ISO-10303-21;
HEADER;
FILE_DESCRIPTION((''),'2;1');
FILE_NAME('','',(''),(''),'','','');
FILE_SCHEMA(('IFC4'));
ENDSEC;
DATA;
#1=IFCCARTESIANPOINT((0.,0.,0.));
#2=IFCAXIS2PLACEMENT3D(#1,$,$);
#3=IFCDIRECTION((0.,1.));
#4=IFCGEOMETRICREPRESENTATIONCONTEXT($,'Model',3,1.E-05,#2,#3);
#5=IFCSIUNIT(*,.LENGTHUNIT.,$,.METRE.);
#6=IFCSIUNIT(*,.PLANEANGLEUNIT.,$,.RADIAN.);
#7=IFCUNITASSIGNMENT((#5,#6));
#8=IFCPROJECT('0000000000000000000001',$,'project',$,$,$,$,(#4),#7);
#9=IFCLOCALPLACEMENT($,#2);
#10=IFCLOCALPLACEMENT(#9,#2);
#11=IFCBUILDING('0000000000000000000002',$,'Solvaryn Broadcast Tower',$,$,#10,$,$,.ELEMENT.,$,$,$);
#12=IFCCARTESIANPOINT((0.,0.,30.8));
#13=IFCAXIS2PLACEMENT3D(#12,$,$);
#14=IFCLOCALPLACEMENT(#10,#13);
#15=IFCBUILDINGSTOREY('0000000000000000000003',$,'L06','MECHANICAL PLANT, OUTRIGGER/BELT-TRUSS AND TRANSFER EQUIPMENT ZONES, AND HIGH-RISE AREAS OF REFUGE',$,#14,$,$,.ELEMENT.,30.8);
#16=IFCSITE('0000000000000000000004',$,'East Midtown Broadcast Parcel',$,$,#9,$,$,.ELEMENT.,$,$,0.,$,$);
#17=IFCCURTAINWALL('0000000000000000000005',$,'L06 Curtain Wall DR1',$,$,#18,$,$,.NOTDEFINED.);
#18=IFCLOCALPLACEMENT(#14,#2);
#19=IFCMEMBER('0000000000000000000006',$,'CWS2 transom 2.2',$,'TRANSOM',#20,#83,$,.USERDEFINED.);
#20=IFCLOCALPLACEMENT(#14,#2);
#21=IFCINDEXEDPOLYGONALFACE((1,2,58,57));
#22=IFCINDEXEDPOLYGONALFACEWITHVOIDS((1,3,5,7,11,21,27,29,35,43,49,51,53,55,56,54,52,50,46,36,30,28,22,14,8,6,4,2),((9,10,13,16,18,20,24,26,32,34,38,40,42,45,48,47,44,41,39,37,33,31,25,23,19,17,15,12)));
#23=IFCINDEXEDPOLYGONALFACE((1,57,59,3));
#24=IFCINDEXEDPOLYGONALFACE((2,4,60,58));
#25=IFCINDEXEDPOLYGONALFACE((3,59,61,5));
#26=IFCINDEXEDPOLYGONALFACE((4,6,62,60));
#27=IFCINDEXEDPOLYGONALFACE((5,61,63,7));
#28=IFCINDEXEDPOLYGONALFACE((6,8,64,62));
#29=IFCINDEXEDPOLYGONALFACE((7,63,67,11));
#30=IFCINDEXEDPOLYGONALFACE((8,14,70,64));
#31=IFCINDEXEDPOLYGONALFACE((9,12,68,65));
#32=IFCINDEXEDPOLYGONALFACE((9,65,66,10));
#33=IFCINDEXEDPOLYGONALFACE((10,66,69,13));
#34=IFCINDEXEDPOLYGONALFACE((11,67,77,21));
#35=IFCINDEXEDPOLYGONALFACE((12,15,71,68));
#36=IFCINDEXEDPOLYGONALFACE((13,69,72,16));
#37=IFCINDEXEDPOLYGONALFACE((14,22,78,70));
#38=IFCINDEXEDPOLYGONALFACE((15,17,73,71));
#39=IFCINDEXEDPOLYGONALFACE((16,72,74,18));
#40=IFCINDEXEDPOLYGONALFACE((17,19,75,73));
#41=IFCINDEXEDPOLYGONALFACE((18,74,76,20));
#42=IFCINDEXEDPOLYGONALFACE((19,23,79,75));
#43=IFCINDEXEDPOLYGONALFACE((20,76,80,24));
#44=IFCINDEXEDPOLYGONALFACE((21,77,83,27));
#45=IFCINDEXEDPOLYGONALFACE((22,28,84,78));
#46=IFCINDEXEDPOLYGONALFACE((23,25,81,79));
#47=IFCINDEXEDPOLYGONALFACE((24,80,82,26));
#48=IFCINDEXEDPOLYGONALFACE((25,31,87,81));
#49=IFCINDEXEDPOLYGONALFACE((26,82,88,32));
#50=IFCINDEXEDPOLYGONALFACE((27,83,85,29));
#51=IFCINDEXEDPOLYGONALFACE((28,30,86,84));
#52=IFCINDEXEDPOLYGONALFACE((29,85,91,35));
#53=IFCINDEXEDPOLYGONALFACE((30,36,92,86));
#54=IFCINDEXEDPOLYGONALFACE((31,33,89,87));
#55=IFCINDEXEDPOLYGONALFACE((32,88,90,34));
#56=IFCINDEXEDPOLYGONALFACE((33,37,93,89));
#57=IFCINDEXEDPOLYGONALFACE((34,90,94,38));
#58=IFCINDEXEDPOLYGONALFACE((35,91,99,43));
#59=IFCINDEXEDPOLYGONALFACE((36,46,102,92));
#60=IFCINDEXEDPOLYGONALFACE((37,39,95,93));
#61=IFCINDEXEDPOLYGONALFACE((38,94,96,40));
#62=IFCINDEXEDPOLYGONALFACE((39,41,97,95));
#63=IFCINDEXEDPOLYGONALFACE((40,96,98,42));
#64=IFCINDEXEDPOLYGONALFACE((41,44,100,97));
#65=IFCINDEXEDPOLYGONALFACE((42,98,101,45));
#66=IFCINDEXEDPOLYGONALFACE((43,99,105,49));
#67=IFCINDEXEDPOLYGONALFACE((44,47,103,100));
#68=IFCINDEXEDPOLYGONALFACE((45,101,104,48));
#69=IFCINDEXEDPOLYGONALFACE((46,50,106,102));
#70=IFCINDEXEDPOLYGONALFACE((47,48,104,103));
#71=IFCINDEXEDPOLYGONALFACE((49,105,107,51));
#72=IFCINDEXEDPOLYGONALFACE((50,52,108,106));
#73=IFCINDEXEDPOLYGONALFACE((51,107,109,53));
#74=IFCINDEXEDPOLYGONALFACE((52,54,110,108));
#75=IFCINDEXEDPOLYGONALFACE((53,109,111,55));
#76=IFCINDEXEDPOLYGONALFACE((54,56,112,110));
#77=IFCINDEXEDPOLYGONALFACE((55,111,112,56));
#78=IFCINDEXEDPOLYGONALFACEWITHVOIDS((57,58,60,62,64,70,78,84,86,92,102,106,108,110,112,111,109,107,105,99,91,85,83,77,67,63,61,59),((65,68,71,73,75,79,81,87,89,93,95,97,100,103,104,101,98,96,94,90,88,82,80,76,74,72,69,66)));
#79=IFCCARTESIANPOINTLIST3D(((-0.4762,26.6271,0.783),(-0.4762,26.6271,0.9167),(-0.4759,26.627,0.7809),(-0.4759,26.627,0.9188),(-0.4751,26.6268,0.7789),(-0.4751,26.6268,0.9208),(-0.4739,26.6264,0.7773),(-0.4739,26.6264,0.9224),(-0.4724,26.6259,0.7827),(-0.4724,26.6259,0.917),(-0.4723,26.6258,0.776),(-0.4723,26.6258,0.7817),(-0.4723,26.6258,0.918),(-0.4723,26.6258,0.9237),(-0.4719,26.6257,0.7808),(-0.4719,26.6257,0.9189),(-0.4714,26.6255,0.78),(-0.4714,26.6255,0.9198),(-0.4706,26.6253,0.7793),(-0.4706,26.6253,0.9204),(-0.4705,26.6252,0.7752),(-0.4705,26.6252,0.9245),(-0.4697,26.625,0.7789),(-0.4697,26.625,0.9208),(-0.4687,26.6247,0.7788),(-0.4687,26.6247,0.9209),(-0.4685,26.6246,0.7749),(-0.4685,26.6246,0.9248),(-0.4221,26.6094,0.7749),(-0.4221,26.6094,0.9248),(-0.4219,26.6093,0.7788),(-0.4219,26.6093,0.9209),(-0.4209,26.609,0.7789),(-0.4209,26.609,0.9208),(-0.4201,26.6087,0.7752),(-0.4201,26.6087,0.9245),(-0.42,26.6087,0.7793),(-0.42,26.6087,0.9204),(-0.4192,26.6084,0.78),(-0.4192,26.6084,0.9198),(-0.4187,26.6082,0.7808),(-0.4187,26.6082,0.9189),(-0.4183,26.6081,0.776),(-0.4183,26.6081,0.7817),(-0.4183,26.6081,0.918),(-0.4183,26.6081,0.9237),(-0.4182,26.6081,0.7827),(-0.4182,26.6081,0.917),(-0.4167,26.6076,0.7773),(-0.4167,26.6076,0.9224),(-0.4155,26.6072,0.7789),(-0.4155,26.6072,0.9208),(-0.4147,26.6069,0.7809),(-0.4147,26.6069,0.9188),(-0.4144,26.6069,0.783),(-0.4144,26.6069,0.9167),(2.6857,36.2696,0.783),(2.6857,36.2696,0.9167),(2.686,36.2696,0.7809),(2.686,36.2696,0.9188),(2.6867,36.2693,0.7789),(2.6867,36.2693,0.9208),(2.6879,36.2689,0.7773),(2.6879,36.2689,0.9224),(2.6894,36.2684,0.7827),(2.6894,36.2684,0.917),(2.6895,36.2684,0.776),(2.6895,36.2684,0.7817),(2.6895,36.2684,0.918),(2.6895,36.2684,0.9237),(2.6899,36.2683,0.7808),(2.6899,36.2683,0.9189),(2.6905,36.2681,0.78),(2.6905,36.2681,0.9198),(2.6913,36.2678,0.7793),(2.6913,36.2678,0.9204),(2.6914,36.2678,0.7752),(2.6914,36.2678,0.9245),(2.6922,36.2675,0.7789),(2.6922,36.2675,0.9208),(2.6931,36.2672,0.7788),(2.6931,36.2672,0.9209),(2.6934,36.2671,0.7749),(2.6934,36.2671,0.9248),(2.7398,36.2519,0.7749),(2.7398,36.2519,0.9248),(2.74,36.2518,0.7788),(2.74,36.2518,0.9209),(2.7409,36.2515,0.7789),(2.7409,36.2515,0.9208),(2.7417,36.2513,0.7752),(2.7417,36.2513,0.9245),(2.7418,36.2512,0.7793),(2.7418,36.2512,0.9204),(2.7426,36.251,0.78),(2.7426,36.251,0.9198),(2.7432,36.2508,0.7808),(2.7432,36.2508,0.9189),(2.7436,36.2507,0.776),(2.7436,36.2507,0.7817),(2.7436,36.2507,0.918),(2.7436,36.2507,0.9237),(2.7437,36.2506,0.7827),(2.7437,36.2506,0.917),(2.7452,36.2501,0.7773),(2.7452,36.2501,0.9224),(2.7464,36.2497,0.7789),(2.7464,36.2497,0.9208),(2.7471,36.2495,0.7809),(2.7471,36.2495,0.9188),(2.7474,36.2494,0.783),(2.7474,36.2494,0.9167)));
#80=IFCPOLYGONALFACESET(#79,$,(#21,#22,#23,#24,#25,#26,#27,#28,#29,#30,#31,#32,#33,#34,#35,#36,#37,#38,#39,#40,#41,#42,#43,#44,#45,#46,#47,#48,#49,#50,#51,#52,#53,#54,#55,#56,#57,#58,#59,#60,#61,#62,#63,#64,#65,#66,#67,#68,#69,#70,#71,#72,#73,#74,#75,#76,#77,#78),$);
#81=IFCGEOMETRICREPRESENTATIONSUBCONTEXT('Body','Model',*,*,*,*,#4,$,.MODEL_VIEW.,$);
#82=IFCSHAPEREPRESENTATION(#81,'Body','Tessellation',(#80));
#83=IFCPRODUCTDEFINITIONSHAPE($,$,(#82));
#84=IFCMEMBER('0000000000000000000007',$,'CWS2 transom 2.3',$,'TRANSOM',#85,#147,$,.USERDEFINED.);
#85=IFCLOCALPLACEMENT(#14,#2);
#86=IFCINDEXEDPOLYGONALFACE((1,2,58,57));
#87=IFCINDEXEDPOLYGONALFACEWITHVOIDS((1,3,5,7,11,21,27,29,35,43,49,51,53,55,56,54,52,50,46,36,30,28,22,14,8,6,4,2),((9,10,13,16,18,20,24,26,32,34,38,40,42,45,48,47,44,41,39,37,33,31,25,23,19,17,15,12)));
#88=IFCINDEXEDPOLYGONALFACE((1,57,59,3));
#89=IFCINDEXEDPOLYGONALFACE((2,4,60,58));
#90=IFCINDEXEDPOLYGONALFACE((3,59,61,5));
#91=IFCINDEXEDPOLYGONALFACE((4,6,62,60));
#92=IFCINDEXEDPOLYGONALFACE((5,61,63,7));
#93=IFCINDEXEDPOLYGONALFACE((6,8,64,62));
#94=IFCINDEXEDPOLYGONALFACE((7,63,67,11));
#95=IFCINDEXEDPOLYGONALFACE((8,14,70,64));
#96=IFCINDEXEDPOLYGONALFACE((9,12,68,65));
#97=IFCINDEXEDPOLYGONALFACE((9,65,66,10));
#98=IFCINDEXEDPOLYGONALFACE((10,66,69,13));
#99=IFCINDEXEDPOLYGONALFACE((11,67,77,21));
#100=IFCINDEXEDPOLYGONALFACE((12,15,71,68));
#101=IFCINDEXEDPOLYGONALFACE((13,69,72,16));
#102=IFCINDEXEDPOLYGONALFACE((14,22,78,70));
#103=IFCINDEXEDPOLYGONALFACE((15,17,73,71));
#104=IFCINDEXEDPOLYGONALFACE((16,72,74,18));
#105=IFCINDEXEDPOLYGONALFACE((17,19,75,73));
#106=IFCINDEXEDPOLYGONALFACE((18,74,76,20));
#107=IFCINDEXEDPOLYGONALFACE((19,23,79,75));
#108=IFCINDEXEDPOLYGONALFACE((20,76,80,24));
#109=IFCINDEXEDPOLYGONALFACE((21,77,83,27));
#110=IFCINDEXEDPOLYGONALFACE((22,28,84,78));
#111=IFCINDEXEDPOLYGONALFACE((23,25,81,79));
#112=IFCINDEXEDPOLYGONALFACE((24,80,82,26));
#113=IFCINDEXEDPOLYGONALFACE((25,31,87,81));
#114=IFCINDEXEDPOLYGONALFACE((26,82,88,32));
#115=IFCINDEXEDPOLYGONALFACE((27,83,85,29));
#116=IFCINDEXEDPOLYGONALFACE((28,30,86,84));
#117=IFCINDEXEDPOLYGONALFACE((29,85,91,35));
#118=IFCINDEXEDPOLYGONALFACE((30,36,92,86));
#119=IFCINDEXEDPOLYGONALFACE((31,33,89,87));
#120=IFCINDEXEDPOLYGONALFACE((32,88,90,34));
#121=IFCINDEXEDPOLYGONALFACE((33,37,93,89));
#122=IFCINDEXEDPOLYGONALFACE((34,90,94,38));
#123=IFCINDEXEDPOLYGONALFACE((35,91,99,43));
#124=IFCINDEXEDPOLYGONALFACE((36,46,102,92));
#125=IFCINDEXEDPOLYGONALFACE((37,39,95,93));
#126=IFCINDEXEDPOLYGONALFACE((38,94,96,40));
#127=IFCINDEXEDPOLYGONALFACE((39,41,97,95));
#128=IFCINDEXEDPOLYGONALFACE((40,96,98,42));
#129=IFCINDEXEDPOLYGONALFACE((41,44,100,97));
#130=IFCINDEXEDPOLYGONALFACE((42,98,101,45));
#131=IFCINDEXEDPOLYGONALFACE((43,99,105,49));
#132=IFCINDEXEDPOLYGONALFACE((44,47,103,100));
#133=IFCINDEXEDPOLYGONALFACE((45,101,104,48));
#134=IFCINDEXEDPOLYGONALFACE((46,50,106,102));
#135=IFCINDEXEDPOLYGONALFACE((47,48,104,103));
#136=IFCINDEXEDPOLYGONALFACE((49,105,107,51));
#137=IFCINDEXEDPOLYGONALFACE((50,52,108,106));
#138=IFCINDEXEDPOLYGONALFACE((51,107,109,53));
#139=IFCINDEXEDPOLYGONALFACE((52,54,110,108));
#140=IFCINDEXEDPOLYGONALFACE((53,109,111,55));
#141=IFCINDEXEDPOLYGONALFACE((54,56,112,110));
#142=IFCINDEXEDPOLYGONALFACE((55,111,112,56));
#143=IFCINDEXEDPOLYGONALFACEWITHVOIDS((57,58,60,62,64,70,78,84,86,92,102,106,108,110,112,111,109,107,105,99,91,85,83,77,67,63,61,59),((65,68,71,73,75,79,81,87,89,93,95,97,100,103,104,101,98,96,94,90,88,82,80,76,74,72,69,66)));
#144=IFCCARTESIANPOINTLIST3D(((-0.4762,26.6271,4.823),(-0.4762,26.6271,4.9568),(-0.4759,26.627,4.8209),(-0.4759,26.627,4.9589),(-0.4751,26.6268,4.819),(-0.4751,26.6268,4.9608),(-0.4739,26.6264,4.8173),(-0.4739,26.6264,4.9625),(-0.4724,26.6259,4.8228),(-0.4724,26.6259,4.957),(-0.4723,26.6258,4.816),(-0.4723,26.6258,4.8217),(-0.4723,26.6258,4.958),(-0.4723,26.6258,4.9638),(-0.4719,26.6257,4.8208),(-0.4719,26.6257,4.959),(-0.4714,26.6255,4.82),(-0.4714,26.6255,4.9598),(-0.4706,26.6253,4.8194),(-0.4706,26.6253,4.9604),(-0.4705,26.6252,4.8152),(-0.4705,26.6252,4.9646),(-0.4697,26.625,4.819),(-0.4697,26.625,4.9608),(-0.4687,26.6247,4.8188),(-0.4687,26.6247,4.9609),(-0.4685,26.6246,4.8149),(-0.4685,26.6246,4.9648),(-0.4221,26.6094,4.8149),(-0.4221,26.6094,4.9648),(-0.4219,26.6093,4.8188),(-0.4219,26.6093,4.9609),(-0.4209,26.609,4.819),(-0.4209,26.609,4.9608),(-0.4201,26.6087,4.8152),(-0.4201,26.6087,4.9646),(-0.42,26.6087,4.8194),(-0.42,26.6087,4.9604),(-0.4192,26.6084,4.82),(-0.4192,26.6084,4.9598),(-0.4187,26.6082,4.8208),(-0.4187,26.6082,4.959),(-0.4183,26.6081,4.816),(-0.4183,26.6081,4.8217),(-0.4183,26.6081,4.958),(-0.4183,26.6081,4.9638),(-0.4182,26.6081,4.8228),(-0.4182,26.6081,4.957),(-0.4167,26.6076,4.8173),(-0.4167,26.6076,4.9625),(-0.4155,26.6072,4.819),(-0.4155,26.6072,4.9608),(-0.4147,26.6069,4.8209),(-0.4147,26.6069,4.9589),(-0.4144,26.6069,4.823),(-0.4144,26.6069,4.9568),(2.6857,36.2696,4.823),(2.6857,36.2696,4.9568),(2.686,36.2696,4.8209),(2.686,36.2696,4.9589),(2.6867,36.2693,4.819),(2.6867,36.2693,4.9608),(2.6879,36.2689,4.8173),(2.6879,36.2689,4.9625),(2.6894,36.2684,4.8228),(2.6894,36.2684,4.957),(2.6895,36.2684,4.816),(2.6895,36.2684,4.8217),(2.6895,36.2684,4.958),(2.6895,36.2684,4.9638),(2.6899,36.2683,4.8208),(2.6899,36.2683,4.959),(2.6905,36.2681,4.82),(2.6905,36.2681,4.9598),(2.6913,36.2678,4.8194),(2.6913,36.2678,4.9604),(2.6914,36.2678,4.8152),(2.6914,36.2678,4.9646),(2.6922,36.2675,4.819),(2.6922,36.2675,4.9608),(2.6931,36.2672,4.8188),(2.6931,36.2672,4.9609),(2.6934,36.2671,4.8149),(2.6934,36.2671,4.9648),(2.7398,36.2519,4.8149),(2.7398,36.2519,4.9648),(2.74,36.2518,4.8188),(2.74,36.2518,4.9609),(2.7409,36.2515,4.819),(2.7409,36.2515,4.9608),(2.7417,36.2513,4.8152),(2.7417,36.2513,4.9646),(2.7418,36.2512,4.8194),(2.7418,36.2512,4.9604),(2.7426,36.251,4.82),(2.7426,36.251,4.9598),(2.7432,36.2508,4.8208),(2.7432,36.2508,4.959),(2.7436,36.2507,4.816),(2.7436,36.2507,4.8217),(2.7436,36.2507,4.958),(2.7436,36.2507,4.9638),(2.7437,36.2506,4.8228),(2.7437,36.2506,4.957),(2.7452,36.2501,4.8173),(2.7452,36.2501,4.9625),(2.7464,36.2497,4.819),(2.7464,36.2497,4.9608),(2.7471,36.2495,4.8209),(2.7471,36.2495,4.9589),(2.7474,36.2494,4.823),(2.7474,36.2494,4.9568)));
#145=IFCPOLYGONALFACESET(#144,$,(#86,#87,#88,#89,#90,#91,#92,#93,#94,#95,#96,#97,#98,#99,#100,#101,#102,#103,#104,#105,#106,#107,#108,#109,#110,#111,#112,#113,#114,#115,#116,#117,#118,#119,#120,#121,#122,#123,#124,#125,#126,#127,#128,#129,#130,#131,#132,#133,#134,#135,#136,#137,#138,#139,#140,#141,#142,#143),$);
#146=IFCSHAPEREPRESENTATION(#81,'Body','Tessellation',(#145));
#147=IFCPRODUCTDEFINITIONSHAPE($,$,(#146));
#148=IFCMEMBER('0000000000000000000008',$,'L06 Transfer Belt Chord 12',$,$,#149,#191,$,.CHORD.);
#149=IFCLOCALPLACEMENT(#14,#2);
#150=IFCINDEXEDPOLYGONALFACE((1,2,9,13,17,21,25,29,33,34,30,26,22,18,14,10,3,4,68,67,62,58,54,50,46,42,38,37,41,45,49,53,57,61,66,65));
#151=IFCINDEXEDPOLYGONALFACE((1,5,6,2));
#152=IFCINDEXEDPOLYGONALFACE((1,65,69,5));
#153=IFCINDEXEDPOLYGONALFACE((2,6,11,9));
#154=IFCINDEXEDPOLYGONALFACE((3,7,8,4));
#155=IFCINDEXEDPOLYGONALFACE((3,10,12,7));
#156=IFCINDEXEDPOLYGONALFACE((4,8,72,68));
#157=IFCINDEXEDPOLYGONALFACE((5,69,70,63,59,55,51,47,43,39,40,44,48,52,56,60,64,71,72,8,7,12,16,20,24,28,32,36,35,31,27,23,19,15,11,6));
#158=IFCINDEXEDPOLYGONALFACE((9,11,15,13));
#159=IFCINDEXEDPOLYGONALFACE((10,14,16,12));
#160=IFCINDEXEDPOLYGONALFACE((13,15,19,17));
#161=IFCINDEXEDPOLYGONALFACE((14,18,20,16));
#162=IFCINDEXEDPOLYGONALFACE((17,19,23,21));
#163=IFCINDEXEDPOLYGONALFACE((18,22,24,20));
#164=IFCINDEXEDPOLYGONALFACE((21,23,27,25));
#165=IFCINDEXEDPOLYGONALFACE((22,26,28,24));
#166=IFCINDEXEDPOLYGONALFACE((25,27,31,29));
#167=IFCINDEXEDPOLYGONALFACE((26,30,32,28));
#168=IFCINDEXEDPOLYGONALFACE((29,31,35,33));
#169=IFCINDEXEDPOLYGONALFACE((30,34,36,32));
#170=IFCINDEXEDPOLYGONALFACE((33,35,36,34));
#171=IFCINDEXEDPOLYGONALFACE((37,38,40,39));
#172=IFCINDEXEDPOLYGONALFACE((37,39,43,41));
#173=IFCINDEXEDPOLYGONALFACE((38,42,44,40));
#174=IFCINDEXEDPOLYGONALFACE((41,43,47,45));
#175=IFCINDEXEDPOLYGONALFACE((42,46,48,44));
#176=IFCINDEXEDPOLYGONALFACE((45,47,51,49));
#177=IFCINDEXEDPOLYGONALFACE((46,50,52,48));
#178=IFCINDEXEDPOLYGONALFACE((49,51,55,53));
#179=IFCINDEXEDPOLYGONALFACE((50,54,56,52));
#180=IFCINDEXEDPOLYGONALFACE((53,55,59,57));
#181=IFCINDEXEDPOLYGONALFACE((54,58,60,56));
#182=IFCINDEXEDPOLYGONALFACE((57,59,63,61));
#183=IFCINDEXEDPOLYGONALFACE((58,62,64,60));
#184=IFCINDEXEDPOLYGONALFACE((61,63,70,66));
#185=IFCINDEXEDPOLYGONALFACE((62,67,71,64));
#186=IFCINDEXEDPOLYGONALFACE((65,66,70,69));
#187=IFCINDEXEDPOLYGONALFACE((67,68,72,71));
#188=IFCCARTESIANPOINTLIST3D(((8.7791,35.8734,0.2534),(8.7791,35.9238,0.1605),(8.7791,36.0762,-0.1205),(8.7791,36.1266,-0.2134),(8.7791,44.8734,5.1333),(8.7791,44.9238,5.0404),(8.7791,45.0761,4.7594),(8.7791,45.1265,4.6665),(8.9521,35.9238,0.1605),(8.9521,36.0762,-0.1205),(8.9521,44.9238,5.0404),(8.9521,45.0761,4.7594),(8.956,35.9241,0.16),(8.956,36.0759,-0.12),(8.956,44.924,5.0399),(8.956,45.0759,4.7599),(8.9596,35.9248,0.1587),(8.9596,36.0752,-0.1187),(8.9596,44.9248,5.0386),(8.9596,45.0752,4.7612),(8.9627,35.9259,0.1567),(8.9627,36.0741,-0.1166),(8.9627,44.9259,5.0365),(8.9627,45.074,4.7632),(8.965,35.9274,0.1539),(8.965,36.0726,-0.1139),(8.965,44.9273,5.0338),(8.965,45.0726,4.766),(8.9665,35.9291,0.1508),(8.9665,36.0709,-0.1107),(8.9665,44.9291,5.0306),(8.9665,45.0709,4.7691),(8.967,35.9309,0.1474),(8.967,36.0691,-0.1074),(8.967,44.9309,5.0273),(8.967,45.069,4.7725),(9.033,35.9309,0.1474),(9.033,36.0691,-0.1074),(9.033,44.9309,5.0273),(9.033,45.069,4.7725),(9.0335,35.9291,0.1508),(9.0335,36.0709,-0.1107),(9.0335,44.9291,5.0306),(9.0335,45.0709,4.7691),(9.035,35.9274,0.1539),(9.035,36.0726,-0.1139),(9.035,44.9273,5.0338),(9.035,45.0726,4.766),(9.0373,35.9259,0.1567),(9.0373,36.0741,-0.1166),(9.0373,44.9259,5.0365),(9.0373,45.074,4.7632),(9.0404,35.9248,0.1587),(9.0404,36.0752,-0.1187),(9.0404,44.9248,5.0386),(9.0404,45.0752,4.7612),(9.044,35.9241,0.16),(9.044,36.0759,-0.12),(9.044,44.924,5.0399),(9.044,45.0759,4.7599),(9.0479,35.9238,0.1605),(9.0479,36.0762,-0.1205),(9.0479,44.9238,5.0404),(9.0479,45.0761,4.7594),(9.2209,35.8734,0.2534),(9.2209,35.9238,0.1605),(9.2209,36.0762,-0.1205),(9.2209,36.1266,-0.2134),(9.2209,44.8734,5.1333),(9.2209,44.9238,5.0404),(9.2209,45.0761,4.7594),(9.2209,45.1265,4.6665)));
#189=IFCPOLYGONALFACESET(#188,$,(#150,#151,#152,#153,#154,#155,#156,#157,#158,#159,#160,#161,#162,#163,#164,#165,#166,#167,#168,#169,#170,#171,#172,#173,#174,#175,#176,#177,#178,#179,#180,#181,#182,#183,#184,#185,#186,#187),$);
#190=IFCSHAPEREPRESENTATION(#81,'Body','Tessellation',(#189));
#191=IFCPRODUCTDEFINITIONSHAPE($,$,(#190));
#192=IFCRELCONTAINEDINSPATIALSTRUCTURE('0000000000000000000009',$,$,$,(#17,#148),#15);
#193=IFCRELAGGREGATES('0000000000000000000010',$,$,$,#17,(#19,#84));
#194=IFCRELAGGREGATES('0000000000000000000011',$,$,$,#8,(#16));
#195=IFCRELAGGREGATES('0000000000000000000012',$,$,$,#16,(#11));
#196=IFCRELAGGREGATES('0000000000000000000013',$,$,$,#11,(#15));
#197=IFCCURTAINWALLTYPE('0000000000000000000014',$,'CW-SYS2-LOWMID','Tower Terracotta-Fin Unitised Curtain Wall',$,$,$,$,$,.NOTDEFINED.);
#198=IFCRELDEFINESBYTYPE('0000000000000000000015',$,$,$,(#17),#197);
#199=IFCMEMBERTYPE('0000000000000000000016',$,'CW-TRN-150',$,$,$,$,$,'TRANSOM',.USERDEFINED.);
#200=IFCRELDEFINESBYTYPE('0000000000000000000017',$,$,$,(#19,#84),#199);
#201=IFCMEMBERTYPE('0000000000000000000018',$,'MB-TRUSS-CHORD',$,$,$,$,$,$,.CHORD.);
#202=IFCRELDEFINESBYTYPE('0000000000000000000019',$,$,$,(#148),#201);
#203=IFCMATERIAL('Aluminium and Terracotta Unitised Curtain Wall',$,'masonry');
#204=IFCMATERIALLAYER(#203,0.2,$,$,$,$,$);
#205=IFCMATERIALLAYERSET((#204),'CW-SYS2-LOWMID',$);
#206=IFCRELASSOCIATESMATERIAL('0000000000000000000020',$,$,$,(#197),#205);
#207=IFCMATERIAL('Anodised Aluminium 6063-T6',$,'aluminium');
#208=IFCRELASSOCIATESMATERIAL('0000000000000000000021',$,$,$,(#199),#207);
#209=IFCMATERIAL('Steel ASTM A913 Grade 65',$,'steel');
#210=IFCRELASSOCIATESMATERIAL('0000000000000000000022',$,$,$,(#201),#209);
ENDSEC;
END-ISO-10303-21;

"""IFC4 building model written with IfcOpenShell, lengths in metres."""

from ifc_helpers import new_model, si_unit, direction, frame, origin, origin_2d, place, context, subcontext, project, spatial, hollow_rectangle, i_section, extrude, material, layer, layer_set, material_profile, profile_set, type_object, element, aggregate, save


model = new_model("IFC4")

# Units and contexts
model_context = context("Model", 3, precision=1e-05, world=origin(), true_north=direction((0.0, 1.0)))
body_context = subcontext(model_context, "Body", "Model", "MODEL_VIEW")
ifc_project = project(units=[si_unit("LENGTHUNIT", "METRE"), si_unit("PLANEANGLEUNIT", "RADIAN")], contexts=[model_context])

# Site, building, storey
site_placement = place(None, origin())
site = spatial("IfcSite", under=ifc_project, at=site_placement, Name="East Midtown Broadcast Parcel", CompositionType="ELEMENT", RefElevation=0.0)
building_placement = place(site_placement, origin())
building = spatial("IfcBuilding", under=site, at=building_placement, Name="Solvaryn Broadcast Tower", CompositionType="ELEMENT")
storey_placement = place(building_placement, frame((0.0, 0.0, 30.8)))
storey = spatial("IfcBuildingStorey", under=building, at=storey_placement, Name="L06", Description="MECHANICAL PLANT, OUTRIGGER/BELT-TRUSS AND TRANSFER EQUIPMENT ZONES, AND HIGH-RISE AREAS OF REFUGE", CompositionType="ELEMENT", Elevation=30.8)

# Curtain wall, members
ifc_material_1 = material(Name="Aluminium and Terracotta Unitised Curtain Wall", Category="masonry")
ifc_layer_1 = layer(ifc_material_1, 0.2)
ifc_layer_set_1 = layer_set([ifc_layer_1], Name="CW-SYS2-LOWMID")
curtain_wall_type = type_object("IfcCurtainWallType", Name="CW-SYS2-LOWMID", Description="Tower Terracotta-Fin Unitised Curtain Wall", PredefinedType="NOTDEFINED", material=ifc_layer_set_1)
curtain_wall_placement = place(storey_placement, origin())
curtain_wall = element("IfcCurtainWall", 1, at=curtain_wall_placement, inside=storey, type_object=curtain_wall_type, Name="L06 Curtain Wall DR1", PredefinedType="NOTDEFINED")
ifc_material_2 = material(Name="Anodised Aluminium 6063-T6", Category="aluminium")
ifc_material_profile_1 = material_profile(ifc_material_2, hollow_rectangle(XDim=0.0649, YDim=0.1499, WallThickness=0.0039, InnerFilletRadius=0.0039, OuterFilletRadius=0.0081, at=origin_2d()))
ifc_profile_set_1 = profile_set([ifc_material_profile_1], Name="Anodised Aluminium 6063-T6")
member_type_1 = type_object("IfcMemberType", Name="CW-TRN-150", ElementType="TRANSOM", PredefinedType="USERDEFINED", material=ifc_profile_set_1)
member_1_placement = place(storey_placement, frame((2.7166, 36.2595, 0.8499), z_axis=(-0.311583, -0.950219, 0.0), x_axis=(0.950219, -0.311583, 0.0)))
member_1 = element("IfcMember", 2, at=member_1_placement, type_object=member_type_1, Name="CWS2 transom 2.2", ObjectType="TRANSOM", PredefinedType="USERDEFINED", context=body_context, shape_type="SweptSolid", body=[
    extrude(hollow_rectangle(XDim=0.0649, YDim=0.1499, WallThickness=0.0039, InnerFilletRadius=0.0039, OuterFilletRadius=0.0081, at=origin_2d()), origin(), (0.0, 0.0, 1.0), 10.1477),
])
member_2_placement = place(storey_placement, frame((2.7166, 36.2595, 4.8899), z_axis=(-0.311583, -0.950219, 0.0), x_axis=(0.950219, -0.311583, 0.0)))
member_2 = element("IfcMember", 3, at=member_2_placement, type_object=member_type_1, Name="CWS2 transom 2.3", ObjectType="TRANSOM", PredefinedType="USERDEFINED", context=body_context, shape_type="SweptSolid", body=[
    extrude(hollow_rectangle(XDim=0.0649, YDim=0.1499, WallThickness=0.0039, InnerFilletRadius=0.0039, OuterFilletRadius=0.0081, at=origin_2d()), origin(), (0.0, 0.0, 1.0), 10.1477),
])

# Member
ifc_material_3 = material(Name="Steel ASTM A913 Grade 65", Category="steel")
ifc_material_profile_2 = material_profile(ifc_material_3, i_section(OverallWidth=0.4419, OverallDepth=0.531, WebThickness=0.0659, FlangeThickness=0.1057, FilletRadius=0.0149, at=origin_2d()))
ifc_profile_set_2 = profile_set([ifc_material_profile_2], Name="Steel ASTM A913 Grade 65")
member_type_2 = type_object("IfcMemberType", Name="MB-TRUSS-CHORD", PredefinedType="CHORD", material=ifc_profile_set_2)
member_3_placement = place(storey_placement, frame((9.0, 36.0, 0.02), z_axis=(0.0, 0.879092, 0.476652), x_axis=(-1.0, 0.0, 0.0)))
element("IfcMember", 4, at=member_3_placement, inside=storey, type_object=member_type_2, Name="L06 Transfer Belt Chord 12", PredefinedType="CHORD", context=body_context, shape_type="SweptSolid", body=[
    extrude(i_section(OverallWidth=0.4419, OverallDepth=0.531, WebThickness=0.0659, FlangeThickness=0.1057, FilletRadius=0.0149, at=origin_2d()), origin(), (0.0, 0.0, 1.0), 10.2378),
])

aggregate(curtain_wall, [member_1, member_2])

save(model, "model.ifc")
